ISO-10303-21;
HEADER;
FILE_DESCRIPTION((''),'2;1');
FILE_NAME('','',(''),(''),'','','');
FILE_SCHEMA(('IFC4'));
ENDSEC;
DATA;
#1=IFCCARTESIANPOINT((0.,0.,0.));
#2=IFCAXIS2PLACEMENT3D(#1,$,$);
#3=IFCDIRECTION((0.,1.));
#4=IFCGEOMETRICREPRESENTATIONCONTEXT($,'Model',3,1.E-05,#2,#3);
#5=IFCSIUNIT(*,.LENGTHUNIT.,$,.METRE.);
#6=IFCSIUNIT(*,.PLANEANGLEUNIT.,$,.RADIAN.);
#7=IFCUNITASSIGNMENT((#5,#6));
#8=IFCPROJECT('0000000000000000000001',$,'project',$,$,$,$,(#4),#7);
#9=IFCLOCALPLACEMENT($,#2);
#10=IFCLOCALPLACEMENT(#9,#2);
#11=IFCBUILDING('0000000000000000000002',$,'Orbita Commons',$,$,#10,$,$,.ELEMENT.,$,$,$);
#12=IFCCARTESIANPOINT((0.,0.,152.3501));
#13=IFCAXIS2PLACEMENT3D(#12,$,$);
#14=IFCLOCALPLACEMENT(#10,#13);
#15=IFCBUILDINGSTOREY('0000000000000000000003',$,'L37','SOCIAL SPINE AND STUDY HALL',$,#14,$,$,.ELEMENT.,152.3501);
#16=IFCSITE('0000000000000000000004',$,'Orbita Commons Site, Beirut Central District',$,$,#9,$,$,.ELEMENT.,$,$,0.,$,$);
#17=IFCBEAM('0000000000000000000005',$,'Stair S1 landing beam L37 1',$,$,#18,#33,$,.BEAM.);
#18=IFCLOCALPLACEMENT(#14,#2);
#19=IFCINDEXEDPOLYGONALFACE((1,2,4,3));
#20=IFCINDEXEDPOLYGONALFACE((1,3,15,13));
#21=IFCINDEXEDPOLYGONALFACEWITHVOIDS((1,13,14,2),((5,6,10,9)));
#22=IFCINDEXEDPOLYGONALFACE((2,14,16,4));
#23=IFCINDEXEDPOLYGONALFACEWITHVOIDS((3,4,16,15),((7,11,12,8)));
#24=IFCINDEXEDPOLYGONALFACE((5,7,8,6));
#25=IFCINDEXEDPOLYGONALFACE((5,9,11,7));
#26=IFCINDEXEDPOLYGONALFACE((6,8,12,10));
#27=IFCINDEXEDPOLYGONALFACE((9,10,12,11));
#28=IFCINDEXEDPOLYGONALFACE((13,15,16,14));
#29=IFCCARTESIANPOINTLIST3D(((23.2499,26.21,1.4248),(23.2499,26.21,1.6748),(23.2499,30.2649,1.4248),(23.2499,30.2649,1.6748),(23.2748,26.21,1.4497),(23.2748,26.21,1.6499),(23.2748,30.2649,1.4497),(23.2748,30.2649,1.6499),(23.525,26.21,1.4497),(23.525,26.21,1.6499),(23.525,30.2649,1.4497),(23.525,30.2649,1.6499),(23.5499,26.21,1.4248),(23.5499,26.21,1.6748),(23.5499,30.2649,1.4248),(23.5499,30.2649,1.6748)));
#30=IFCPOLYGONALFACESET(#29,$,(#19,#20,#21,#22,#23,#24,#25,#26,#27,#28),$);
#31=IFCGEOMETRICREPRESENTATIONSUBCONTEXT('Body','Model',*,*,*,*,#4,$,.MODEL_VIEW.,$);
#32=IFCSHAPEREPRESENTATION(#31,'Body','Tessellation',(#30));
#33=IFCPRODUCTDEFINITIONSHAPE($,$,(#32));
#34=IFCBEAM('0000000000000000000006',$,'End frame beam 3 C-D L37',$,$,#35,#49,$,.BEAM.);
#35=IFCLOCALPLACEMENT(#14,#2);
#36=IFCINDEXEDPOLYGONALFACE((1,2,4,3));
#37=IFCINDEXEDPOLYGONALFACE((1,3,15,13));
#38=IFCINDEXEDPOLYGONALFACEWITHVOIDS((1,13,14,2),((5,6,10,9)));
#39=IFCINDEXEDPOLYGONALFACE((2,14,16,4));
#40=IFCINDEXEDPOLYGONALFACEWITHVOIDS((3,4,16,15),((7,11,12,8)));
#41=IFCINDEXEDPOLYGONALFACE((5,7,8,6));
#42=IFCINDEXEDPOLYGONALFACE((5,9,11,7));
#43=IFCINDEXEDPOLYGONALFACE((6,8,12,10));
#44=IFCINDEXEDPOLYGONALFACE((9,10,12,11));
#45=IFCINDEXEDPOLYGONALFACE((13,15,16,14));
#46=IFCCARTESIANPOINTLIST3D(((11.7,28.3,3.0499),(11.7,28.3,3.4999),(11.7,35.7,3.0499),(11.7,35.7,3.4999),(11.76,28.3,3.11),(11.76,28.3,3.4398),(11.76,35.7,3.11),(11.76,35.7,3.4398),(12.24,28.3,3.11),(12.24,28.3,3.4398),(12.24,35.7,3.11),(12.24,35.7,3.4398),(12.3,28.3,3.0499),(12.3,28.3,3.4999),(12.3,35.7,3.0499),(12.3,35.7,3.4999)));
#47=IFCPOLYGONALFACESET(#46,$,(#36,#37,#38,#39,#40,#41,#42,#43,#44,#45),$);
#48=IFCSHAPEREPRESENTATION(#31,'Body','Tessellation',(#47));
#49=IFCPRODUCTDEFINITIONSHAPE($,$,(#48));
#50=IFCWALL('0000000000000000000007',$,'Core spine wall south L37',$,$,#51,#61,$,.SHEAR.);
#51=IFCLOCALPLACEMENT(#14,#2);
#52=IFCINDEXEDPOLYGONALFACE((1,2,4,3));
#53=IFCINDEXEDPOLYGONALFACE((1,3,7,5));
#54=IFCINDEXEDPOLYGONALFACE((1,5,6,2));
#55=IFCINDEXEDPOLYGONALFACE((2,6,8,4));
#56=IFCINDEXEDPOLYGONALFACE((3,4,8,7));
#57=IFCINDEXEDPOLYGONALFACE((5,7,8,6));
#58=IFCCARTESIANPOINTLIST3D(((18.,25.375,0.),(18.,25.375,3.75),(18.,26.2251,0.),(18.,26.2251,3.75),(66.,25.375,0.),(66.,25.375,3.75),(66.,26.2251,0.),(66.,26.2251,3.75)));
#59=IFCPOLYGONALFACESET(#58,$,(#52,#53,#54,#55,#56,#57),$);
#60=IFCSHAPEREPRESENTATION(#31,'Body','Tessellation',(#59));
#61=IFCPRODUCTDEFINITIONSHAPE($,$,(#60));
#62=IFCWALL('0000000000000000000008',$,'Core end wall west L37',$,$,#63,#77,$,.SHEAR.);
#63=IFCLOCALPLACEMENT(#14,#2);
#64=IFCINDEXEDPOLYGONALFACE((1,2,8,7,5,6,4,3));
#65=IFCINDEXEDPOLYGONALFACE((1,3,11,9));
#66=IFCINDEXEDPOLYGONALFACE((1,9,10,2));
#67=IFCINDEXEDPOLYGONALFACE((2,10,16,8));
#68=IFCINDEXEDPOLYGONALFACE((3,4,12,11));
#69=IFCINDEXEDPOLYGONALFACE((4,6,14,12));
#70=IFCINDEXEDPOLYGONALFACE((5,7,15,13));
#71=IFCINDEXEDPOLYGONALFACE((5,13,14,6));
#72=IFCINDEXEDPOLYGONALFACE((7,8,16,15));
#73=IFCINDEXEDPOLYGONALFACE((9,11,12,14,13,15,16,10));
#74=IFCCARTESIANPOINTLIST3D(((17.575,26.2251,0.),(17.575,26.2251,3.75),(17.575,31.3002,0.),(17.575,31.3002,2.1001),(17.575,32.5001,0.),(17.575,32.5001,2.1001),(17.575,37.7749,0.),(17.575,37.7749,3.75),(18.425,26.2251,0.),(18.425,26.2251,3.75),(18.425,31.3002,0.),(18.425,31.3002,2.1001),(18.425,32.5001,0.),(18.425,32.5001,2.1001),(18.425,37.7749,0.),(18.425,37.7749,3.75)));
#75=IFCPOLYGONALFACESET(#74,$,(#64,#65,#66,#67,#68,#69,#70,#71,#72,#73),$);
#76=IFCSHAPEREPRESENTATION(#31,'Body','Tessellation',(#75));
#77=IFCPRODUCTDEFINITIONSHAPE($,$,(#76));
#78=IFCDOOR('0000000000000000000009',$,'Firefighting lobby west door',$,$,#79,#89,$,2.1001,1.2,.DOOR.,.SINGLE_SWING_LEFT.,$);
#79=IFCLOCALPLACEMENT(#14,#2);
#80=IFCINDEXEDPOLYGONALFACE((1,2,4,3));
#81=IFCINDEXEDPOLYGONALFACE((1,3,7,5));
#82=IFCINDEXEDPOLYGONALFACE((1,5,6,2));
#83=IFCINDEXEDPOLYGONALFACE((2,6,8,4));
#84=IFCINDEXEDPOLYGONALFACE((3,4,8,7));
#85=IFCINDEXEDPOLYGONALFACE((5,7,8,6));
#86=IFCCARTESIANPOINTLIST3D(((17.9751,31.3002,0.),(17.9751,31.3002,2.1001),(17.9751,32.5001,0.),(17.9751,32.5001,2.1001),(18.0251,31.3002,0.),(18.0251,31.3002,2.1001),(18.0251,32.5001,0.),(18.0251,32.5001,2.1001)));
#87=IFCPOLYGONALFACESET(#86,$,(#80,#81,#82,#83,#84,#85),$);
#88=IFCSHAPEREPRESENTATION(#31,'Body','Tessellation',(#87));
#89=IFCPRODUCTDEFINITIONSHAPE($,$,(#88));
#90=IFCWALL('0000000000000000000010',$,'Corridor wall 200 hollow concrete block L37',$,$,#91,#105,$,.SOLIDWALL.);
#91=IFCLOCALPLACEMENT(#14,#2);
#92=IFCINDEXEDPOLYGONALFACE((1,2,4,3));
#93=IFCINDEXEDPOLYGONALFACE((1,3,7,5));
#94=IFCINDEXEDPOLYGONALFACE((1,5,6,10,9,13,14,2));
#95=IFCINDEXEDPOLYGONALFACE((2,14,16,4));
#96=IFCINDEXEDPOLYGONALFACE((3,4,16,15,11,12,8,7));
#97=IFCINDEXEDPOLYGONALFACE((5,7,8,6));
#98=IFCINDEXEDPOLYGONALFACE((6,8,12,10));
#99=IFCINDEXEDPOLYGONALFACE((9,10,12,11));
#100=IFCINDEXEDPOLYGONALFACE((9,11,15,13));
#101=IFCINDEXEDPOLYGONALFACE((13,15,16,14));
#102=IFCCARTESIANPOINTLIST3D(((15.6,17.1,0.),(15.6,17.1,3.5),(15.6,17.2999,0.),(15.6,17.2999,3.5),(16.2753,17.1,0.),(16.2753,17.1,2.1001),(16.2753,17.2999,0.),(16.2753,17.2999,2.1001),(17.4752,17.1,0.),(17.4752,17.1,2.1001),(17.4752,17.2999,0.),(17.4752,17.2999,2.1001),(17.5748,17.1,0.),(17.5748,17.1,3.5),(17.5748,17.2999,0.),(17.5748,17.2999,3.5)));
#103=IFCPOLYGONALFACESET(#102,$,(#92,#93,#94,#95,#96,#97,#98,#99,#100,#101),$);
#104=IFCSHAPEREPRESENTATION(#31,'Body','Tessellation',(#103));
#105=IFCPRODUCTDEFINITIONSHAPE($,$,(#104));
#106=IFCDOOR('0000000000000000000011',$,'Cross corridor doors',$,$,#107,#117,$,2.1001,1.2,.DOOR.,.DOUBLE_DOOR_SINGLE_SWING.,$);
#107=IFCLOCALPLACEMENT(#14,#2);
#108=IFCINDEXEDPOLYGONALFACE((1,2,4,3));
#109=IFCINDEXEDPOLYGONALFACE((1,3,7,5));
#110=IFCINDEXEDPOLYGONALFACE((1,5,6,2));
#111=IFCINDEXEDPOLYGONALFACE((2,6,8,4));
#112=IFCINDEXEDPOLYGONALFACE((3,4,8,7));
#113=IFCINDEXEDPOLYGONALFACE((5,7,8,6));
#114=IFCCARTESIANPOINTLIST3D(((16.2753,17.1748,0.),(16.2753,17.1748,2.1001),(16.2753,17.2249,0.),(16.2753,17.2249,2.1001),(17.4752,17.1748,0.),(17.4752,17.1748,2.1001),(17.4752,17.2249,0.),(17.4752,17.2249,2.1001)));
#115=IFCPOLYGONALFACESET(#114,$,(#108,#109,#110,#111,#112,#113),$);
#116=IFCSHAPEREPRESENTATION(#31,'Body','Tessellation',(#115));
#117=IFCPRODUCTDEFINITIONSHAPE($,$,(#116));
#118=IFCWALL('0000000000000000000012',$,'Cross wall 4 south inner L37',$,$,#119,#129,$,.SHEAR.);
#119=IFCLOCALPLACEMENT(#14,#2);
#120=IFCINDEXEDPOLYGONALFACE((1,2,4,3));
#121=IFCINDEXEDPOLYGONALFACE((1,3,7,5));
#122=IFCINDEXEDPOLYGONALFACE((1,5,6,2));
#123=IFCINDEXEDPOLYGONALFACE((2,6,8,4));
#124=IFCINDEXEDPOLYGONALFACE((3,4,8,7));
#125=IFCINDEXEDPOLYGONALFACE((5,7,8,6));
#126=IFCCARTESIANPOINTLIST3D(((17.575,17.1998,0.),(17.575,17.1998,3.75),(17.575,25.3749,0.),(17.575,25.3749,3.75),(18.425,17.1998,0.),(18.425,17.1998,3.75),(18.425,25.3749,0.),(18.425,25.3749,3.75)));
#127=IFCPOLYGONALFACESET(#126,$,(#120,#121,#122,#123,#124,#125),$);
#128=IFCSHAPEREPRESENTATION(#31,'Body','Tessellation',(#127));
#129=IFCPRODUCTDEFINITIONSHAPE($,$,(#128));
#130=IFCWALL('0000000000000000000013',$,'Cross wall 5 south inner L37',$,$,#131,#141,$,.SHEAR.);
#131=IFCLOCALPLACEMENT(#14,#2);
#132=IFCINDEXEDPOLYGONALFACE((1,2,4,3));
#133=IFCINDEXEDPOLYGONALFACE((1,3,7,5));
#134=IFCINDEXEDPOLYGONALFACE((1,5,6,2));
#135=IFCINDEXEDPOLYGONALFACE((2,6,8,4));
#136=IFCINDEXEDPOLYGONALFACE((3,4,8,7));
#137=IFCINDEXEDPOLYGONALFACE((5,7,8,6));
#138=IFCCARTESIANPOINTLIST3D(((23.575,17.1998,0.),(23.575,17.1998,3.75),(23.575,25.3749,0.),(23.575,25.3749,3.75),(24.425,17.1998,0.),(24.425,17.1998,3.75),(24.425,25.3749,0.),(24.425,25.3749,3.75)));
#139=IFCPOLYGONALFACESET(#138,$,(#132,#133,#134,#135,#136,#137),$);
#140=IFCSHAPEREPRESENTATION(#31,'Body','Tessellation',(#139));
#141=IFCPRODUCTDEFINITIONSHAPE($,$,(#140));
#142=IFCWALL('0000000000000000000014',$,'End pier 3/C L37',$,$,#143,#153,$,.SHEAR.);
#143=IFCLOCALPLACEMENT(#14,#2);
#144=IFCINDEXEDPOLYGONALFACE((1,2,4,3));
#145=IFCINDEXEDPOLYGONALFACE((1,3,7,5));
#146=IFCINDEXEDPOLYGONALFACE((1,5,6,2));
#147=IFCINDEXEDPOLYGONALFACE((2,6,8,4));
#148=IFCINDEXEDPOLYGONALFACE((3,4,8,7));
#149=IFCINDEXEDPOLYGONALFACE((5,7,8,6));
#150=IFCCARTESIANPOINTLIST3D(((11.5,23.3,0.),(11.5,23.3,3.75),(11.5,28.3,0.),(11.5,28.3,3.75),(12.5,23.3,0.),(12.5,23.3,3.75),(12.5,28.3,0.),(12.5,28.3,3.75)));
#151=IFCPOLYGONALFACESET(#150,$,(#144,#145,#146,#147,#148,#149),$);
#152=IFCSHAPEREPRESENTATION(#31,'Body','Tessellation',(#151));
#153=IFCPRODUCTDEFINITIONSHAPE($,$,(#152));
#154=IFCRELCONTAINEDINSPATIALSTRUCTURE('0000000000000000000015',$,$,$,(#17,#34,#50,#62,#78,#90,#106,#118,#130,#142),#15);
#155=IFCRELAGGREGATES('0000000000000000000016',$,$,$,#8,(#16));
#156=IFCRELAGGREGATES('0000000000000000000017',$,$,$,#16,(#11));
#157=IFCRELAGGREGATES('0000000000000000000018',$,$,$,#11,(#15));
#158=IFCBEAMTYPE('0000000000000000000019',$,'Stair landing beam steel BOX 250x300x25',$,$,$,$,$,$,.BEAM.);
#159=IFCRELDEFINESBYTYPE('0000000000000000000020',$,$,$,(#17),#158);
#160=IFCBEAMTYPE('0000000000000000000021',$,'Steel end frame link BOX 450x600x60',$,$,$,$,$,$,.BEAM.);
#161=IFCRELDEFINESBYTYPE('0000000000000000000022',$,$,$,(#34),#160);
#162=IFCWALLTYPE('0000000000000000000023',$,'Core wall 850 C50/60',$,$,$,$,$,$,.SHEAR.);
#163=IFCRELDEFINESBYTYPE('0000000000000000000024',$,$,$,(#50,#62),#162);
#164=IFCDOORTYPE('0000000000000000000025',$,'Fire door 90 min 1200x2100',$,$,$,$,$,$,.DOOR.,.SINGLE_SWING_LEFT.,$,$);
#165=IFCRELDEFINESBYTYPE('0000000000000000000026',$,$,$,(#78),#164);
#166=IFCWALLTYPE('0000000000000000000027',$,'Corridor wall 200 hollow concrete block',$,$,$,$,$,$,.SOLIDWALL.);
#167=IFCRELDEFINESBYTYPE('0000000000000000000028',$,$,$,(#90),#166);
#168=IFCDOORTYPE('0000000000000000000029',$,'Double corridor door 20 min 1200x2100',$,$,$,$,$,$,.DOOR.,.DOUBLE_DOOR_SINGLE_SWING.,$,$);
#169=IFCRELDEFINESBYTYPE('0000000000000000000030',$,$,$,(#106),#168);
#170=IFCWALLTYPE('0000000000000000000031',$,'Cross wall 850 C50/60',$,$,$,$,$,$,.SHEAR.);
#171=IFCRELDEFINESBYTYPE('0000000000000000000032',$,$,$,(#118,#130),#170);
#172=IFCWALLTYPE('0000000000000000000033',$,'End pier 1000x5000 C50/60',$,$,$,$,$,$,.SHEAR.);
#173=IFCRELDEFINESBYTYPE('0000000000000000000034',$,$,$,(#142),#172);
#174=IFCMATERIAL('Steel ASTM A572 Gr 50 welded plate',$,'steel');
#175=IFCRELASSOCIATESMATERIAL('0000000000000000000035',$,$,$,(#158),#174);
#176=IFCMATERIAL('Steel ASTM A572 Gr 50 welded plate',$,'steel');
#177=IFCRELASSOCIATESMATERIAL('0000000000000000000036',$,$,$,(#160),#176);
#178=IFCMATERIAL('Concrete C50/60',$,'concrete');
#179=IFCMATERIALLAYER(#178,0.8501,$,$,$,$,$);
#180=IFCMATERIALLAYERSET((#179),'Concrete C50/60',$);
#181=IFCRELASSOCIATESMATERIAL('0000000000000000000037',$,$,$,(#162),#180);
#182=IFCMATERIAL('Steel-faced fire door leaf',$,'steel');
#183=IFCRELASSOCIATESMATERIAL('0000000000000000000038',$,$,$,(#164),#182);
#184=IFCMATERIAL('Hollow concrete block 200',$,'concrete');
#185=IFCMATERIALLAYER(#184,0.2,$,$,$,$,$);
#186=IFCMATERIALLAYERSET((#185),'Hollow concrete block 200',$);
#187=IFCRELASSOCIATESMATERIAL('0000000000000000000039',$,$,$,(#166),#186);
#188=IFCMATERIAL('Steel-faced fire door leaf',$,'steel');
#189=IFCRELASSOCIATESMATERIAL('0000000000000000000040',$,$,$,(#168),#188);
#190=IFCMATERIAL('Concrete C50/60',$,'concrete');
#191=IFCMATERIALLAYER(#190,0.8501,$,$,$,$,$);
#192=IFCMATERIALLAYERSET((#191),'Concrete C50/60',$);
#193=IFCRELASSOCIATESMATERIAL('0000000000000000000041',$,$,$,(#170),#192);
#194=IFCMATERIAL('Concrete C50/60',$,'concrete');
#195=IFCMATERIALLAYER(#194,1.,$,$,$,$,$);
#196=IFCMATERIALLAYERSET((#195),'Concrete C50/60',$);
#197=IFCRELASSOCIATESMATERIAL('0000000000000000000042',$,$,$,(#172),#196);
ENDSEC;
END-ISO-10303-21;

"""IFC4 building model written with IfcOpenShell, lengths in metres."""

from ifc_helpers import new_model, si_unit, direction, frame, frame_2d, origin, origin_2d, place, context, subcontext, project, spatial, rectangle, hollow_rectangle, extrude, material, layer, layer_set, material_profile, profile_set, type_object, element, fill, save


model = new_model("IFC4")

# Units and contexts
model_context = context("Model", 3, precision=1e-05, world=origin(), true_north=direction((0.0, 1.0)))
body_context = subcontext(model_context, "Body", "Model", "MODEL_VIEW")
ifc_project = project(units=[si_unit("LENGTHUNIT", "METRE"), si_unit("PLANEANGLEUNIT", "RADIAN")], contexts=[model_context])

# Site, building, storey
site_placement = place(None, origin())
site = spatial("IfcSite", under=ifc_project, at=site_placement, Name="Orbita Commons Site, Beirut Central District", CompositionType="ELEMENT", RefElevation=0.0)
building_placement = place(site_placement, origin())
building = spatial("IfcBuilding", under=site, at=building_placement, Name="Orbita Commons", CompositionType="ELEMENT")
storey_placement = place(building_placement, frame((0.0, 0.0, 152.3501)))
storey = spatial("IfcBuildingStorey", under=building, at=storey_placement, Name="L37", Description="SOCIAL SPINE AND STUDY HALL", CompositionType="ELEMENT", Elevation=152.3501)

# Beams
ifc_material_1 = material(Name="Steel ASTM A572 Gr 50 welded plate", Category="steel")
ifc_material_profile_1 = material_profile(ifc_material_1, hollow_rectangle(XDim=0.3, YDim=0.25, WallThickness=0.0249, at=origin_2d()), Name="BOX 250x300x25")
ifc_profile_set_1 = profile_set([ifc_material_profile_1], Name="Steel ASTM A572 Gr 50 welded plate")
beam_type_1 = type_object("IfcBeamType", Name="Stair landing beam steel BOX 250x300x25", PredefinedType="BEAM", material=ifc_profile_set_1)
beam_1_placement = place(storey_placement, frame((23.3999, 26.21, 1.5498), z_axis=(0.0, 1.0, 0.0), x_axis=(-1.0, 0.0, 0.0)))
element("IfcBeam", 1, at=beam_1_placement, inside=storey, type_object=beam_type_1, Name="Stair S1 landing beam L37 1", PredefinedType="BEAM", context=body_context, shape_type="SweptSolid", body=[
    extrude(hollow_rectangle(XDim=0.3, YDim=0.25, WallThickness=0.0249, at=origin_2d()), origin(), (0.0, 0.0, 1.0), 4.0549),
])
ifc_material_2 = material(Name="Steel ASTM A572 Gr 50 welded plate", Category="steel")
ifc_material_profile_2 = material_profile(ifc_material_2, hollow_rectangle(XDim=0.6001, YDim=0.45, WallThickness=0.0601, at=origin_2d()), Name="BOX 450x600x60")
ifc_profile_set_2 = profile_set([ifc_material_profile_2], Name="Steel ASTM A572 Gr 50 welded plate")
beam_type_2 = type_object("IfcBeamType", Name="Steel end frame link BOX 450x600x60", PredefinedType="BEAM", material=ifc_profile_set_2)
beam_2_placement = place(storey_placement, frame((12.0, 28.3, 3.2749), z_axis=(0.0, 1.0, 0.0), x_axis=(-1.0, 0.0, 0.0)))
element("IfcBeam", 2, at=beam_2_placement, inside=storey, type_object=beam_type_2, Name="End frame beam 3 C-D L37", PredefinedType="BEAM", context=body_context, shape_type="SweptSolid", body=[
    extrude(hollow_rectangle(XDim=0.6001, YDim=0.45, WallThickness=0.0601, at=origin_2d()), origin(), (0.0, 0.0, 1.0), 7.3999),
])

# Wall
ifc_material_3 = material(Name="Concrete C50/60", Category="concrete")
ifc_layer_1 = layer(ifc_material_3, 0.8501)
ifc_layer_set_1 = layer_set([ifc_layer_1], Name="Concrete C50/60")
wall_type_1 = type_object("IfcWallType", Name="Core wall 850 C50/60", PredefinedType="SHEAR", material=ifc_layer_set_1)
wall_1_placement = place(storey_placement, frame((18.0, 25.8, 0.0), z_axis=(0.0, 0.0, 1.0), x_axis=(1.0, 0.0, 0.0)))
element("IfcWall", 3, at=wall_1_placement, inside=storey, type_object=wall_type_1, Name="Core spine wall south L37", PredefinedType="SHEAR", context=body_context, shape_type="SweptSolid", body=[
    extrude(rectangle(XDim=48.0, YDim=0.8501, at=frame_2d((24.0, 0.0))), origin(), (0.0, 0.0, 1.0), 3.75),
])

# Walls, openings, doors
wall_2_placement = place(storey_placement, frame((18.0, 26.2251, 0.0), z_axis=(0.0, 0.0, 1.0), x_axis=(0.0, 1.0, 0.0)))
wall_2 = element("IfcWall", 4, at=wall_2_placement, inside=storey, type_object=wall_type_1, Name="Core end wall west L37", PredefinedType="SHEAR", context=body_context, shape_type="SweptSolid", body=[
    extrude(rectangle(XDim=11.5498, YDim=0.8501, at=frame_2d((5.7749, 0.0))), origin(), (0.0, 0.0, 1.0), 3.75),
])
opening_1_placement = place(wall_2_placement, frame((5.075, 0.0, 0.0)))
opening_1 = element("IfcOpeningElement", 5, at=opening_1_placement, cuts=wall_2, PredefinedType="OPENING", context=body_context, shape_type="SweptSolid", body=[
    extrude(rectangle(XDim=1.2, YDim=2.1001, at=frame_2d((0.6001, 1.05))), frame((0.0, 0.4351, 0.0), z_axis=(0.0, -1.0, 0.0), x_axis=(1.0, 0.0, 0.0)), (0.0, 0.0, 1.0), 0.8701),
])
ifc_material_4 = material(Name="Steel-faced fire door leaf", Category="steel")
door_type_1 = type_object("IfcDoorType", Name="Fire door 90 min 1200x2100", OperationType="SINGLE_SWING_LEFT", PredefinedType="DOOR", material=ifc_material_4)
door_1_placement = place(opening_1_placement, origin())
door_1 = element("IfcDoor", 6, at=door_1_placement, inside=storey, type_object=door_type_1, Name="Firefighting lobby west door", OperationType="SINGLE_SWING_LEFT", OverallHeight=2.1001, OverallWidth=1.2, PredefinedType="DOOR", context=body_context, shape_type="SweptSolid", body=[
    extrude(rectangle(XDim=1.2, YDim=2.1001, at=frame_2d((0.6001, 1.05))), frame((0.0, 0.0249, 0.0), z_axis=(0.0, -1.0, 0.0), x_axis=(1.0, 0.0, 0.0)), (0.0, 0.0, 1.0), 0.05),
])
fill(opening_1, door_1)
ifc_material_5 = material(Name="Hollow concrete block 200", Category="concrete")
ifc_layer_2 = layer(ifc_material_5, 0.2)
ifc_layer_set_2 = layer_set([ifc_layer_2], Name="Hollow concrete block 200")
wall_type_2 = type_object("IfcWallType", Name="Corridor wall 200 hollow concrete block", PredefinedType="SOLIDWALL", material=ifc_layer_set_2)
wall_3_placement = place(storey_placement, frame((15.6001, 17.2, 0.0), z_axis=(0.0, 0.0, 1.0), x_axis=(1.0, 0.0, 0.0)))
wall_3 = element("IfcWall", 7, at=wall_3_placement, inside=storey, type_object=wall_type_2, Name="Corridor wall 200 hollow concrete block L37", PredefinedType="SOLIDWALL", context=body_context, shape_type="SweptSolid", body=[
    extrude(rectangle(XDim=1.9749, YDim=0.2, at=frame_2d((0.9873, 0.0))), origin(), (0.0, 0.0, 1.0), 3.5),
])
opening_2_placement = place(wall_3_placement, frame((0.675, 0.0, 0.0)))
opening_2 = element("IfcOpeningElement", 8, at=opening_2_placement, cuts=wall_3, PredefinedType="OPENING", context=body_context, shape_type="SweptSolid", body=[
    extrude(rectangle(XDim=1.2, YDim=2.1001, at=frame_2d((0.6001, 1.05))), frame((0.0, 0.1099, 0.0), z_axis=(0.0, -1.0, 0.0), x_axis=(1.0, 0.0, 0.0)), (0.0, 0.0, 1.0), 0.22),
])
ifc_material_6 = material(Name="Steel-faced fire door leaf", Category="steel")
door_type_2 = type_object("IfcDoorType", Name="Double corridor door 20 min 1200x2100", OperationType="DOUBLE_DOOR_SINGLE_SWING", PredefinedType="DOOR", material=ifc_material_6)
door_2_placement = place(opening_2_placement, origin())
door_2 = element("IfcDoor", 9, at=door_2_placement, inside=storey, type_object=door_type_2, Name="Cross corridor doors", OperationType="DOUBLE_DOOR_SINGLE_SWING", OverallHeight=2.1001, OverallWidth=1.2, PredefinedType="DOOR", context=body_context, shape_type="SweptSolid", body=[
    extrude(rectangle(XDim=1.2, YDim=2.1001, at=frame_2d((0.6001, 1.05))), frame((0.0, 0.0249, 0.0), z_axis=(0.0, -1.0, 0.0), x_axis=(1.0, 0.0, 0.0)), (0.0, 0.0, 1.0), 0.05),
])
fill(opening_2, door_2)

# Walls
ifc_material_7 = material(Name="Concrete C50/60", Category="concrete")
ifc_layer_3 = layer(ifc_material_7, 0.8501)
ifc_layer_set_3 = layer_set([ifc_layer_3], Name="Concrete C50/60")
wall_type_3 = type_object("IfcWallType", Name="Cross wall 850 C50/60", PredefinedType="SHEAR", material=ifc_layer_set_3)
for number, where, z_axis, x_axis, name in (
    (10, (18.0, 17.2, 0.0), (0.0, 0.0, 1.0), (0.0, 1.0, 0.0), "Cross wall 4 south inner L37"),
    (11, (24.0, 17.2, 0.0), (0.0, 0.0, 1.0), (0.0, 1.0, 0.0), "Cross wall 5 south inner L37"),
):
    element("IfcWall", number, at=place(storey_placement, frame(where, z_axis=z_axis, x_axis=x_axis)), inside=storey, type_object=wall_type_3, Name=name, PredefinedType="SHEAR", context=body_context, shape_type="SweptSolid", body=[
        extrude(rectangle(XDim=8.175, YDim=0.8501, at=frame_2d((4.0874, 0.0))), origin(), (0.0, 0.0, 1.0), 3.75),
    ])
ifc_material_8 = material(Name="Concrete C50/60", Category="concrete")
ifc_layer_4 = layer(ifc_material_8, 1.0)
ifc_layer_set_4 = layer_set([ifc_layer_4], Name="Concrete C50/60")
wall_type_4 = type_object("IfcWallType", Name="End pier 1000x5000 C50/60", PredefinedType="SHEAR", material=ifc_layer_set_4)
wall_4_placement = place(storey_placement, frame((12.0, 23.3, 0.0), z_axis=(0.0, 0.0, 1.0), x_axis=(0.0, 1.0, 0.0)))
element("IfcWall", 12, at=wall_4_placement, inside=storey, type_object=wall_type_4, Name="End pier 3/C L37", PredefinedType="SHEAR", context=body_context, shape_type="SweptSolid", body=[
    extrude(rectangle(XDim=5.0, YDim=1.0, at=frame_2d((2.5, 0.0))), origin(), (0.0, 0.0, 1.0), 3.75),
])

save(model, "model.ifc")
